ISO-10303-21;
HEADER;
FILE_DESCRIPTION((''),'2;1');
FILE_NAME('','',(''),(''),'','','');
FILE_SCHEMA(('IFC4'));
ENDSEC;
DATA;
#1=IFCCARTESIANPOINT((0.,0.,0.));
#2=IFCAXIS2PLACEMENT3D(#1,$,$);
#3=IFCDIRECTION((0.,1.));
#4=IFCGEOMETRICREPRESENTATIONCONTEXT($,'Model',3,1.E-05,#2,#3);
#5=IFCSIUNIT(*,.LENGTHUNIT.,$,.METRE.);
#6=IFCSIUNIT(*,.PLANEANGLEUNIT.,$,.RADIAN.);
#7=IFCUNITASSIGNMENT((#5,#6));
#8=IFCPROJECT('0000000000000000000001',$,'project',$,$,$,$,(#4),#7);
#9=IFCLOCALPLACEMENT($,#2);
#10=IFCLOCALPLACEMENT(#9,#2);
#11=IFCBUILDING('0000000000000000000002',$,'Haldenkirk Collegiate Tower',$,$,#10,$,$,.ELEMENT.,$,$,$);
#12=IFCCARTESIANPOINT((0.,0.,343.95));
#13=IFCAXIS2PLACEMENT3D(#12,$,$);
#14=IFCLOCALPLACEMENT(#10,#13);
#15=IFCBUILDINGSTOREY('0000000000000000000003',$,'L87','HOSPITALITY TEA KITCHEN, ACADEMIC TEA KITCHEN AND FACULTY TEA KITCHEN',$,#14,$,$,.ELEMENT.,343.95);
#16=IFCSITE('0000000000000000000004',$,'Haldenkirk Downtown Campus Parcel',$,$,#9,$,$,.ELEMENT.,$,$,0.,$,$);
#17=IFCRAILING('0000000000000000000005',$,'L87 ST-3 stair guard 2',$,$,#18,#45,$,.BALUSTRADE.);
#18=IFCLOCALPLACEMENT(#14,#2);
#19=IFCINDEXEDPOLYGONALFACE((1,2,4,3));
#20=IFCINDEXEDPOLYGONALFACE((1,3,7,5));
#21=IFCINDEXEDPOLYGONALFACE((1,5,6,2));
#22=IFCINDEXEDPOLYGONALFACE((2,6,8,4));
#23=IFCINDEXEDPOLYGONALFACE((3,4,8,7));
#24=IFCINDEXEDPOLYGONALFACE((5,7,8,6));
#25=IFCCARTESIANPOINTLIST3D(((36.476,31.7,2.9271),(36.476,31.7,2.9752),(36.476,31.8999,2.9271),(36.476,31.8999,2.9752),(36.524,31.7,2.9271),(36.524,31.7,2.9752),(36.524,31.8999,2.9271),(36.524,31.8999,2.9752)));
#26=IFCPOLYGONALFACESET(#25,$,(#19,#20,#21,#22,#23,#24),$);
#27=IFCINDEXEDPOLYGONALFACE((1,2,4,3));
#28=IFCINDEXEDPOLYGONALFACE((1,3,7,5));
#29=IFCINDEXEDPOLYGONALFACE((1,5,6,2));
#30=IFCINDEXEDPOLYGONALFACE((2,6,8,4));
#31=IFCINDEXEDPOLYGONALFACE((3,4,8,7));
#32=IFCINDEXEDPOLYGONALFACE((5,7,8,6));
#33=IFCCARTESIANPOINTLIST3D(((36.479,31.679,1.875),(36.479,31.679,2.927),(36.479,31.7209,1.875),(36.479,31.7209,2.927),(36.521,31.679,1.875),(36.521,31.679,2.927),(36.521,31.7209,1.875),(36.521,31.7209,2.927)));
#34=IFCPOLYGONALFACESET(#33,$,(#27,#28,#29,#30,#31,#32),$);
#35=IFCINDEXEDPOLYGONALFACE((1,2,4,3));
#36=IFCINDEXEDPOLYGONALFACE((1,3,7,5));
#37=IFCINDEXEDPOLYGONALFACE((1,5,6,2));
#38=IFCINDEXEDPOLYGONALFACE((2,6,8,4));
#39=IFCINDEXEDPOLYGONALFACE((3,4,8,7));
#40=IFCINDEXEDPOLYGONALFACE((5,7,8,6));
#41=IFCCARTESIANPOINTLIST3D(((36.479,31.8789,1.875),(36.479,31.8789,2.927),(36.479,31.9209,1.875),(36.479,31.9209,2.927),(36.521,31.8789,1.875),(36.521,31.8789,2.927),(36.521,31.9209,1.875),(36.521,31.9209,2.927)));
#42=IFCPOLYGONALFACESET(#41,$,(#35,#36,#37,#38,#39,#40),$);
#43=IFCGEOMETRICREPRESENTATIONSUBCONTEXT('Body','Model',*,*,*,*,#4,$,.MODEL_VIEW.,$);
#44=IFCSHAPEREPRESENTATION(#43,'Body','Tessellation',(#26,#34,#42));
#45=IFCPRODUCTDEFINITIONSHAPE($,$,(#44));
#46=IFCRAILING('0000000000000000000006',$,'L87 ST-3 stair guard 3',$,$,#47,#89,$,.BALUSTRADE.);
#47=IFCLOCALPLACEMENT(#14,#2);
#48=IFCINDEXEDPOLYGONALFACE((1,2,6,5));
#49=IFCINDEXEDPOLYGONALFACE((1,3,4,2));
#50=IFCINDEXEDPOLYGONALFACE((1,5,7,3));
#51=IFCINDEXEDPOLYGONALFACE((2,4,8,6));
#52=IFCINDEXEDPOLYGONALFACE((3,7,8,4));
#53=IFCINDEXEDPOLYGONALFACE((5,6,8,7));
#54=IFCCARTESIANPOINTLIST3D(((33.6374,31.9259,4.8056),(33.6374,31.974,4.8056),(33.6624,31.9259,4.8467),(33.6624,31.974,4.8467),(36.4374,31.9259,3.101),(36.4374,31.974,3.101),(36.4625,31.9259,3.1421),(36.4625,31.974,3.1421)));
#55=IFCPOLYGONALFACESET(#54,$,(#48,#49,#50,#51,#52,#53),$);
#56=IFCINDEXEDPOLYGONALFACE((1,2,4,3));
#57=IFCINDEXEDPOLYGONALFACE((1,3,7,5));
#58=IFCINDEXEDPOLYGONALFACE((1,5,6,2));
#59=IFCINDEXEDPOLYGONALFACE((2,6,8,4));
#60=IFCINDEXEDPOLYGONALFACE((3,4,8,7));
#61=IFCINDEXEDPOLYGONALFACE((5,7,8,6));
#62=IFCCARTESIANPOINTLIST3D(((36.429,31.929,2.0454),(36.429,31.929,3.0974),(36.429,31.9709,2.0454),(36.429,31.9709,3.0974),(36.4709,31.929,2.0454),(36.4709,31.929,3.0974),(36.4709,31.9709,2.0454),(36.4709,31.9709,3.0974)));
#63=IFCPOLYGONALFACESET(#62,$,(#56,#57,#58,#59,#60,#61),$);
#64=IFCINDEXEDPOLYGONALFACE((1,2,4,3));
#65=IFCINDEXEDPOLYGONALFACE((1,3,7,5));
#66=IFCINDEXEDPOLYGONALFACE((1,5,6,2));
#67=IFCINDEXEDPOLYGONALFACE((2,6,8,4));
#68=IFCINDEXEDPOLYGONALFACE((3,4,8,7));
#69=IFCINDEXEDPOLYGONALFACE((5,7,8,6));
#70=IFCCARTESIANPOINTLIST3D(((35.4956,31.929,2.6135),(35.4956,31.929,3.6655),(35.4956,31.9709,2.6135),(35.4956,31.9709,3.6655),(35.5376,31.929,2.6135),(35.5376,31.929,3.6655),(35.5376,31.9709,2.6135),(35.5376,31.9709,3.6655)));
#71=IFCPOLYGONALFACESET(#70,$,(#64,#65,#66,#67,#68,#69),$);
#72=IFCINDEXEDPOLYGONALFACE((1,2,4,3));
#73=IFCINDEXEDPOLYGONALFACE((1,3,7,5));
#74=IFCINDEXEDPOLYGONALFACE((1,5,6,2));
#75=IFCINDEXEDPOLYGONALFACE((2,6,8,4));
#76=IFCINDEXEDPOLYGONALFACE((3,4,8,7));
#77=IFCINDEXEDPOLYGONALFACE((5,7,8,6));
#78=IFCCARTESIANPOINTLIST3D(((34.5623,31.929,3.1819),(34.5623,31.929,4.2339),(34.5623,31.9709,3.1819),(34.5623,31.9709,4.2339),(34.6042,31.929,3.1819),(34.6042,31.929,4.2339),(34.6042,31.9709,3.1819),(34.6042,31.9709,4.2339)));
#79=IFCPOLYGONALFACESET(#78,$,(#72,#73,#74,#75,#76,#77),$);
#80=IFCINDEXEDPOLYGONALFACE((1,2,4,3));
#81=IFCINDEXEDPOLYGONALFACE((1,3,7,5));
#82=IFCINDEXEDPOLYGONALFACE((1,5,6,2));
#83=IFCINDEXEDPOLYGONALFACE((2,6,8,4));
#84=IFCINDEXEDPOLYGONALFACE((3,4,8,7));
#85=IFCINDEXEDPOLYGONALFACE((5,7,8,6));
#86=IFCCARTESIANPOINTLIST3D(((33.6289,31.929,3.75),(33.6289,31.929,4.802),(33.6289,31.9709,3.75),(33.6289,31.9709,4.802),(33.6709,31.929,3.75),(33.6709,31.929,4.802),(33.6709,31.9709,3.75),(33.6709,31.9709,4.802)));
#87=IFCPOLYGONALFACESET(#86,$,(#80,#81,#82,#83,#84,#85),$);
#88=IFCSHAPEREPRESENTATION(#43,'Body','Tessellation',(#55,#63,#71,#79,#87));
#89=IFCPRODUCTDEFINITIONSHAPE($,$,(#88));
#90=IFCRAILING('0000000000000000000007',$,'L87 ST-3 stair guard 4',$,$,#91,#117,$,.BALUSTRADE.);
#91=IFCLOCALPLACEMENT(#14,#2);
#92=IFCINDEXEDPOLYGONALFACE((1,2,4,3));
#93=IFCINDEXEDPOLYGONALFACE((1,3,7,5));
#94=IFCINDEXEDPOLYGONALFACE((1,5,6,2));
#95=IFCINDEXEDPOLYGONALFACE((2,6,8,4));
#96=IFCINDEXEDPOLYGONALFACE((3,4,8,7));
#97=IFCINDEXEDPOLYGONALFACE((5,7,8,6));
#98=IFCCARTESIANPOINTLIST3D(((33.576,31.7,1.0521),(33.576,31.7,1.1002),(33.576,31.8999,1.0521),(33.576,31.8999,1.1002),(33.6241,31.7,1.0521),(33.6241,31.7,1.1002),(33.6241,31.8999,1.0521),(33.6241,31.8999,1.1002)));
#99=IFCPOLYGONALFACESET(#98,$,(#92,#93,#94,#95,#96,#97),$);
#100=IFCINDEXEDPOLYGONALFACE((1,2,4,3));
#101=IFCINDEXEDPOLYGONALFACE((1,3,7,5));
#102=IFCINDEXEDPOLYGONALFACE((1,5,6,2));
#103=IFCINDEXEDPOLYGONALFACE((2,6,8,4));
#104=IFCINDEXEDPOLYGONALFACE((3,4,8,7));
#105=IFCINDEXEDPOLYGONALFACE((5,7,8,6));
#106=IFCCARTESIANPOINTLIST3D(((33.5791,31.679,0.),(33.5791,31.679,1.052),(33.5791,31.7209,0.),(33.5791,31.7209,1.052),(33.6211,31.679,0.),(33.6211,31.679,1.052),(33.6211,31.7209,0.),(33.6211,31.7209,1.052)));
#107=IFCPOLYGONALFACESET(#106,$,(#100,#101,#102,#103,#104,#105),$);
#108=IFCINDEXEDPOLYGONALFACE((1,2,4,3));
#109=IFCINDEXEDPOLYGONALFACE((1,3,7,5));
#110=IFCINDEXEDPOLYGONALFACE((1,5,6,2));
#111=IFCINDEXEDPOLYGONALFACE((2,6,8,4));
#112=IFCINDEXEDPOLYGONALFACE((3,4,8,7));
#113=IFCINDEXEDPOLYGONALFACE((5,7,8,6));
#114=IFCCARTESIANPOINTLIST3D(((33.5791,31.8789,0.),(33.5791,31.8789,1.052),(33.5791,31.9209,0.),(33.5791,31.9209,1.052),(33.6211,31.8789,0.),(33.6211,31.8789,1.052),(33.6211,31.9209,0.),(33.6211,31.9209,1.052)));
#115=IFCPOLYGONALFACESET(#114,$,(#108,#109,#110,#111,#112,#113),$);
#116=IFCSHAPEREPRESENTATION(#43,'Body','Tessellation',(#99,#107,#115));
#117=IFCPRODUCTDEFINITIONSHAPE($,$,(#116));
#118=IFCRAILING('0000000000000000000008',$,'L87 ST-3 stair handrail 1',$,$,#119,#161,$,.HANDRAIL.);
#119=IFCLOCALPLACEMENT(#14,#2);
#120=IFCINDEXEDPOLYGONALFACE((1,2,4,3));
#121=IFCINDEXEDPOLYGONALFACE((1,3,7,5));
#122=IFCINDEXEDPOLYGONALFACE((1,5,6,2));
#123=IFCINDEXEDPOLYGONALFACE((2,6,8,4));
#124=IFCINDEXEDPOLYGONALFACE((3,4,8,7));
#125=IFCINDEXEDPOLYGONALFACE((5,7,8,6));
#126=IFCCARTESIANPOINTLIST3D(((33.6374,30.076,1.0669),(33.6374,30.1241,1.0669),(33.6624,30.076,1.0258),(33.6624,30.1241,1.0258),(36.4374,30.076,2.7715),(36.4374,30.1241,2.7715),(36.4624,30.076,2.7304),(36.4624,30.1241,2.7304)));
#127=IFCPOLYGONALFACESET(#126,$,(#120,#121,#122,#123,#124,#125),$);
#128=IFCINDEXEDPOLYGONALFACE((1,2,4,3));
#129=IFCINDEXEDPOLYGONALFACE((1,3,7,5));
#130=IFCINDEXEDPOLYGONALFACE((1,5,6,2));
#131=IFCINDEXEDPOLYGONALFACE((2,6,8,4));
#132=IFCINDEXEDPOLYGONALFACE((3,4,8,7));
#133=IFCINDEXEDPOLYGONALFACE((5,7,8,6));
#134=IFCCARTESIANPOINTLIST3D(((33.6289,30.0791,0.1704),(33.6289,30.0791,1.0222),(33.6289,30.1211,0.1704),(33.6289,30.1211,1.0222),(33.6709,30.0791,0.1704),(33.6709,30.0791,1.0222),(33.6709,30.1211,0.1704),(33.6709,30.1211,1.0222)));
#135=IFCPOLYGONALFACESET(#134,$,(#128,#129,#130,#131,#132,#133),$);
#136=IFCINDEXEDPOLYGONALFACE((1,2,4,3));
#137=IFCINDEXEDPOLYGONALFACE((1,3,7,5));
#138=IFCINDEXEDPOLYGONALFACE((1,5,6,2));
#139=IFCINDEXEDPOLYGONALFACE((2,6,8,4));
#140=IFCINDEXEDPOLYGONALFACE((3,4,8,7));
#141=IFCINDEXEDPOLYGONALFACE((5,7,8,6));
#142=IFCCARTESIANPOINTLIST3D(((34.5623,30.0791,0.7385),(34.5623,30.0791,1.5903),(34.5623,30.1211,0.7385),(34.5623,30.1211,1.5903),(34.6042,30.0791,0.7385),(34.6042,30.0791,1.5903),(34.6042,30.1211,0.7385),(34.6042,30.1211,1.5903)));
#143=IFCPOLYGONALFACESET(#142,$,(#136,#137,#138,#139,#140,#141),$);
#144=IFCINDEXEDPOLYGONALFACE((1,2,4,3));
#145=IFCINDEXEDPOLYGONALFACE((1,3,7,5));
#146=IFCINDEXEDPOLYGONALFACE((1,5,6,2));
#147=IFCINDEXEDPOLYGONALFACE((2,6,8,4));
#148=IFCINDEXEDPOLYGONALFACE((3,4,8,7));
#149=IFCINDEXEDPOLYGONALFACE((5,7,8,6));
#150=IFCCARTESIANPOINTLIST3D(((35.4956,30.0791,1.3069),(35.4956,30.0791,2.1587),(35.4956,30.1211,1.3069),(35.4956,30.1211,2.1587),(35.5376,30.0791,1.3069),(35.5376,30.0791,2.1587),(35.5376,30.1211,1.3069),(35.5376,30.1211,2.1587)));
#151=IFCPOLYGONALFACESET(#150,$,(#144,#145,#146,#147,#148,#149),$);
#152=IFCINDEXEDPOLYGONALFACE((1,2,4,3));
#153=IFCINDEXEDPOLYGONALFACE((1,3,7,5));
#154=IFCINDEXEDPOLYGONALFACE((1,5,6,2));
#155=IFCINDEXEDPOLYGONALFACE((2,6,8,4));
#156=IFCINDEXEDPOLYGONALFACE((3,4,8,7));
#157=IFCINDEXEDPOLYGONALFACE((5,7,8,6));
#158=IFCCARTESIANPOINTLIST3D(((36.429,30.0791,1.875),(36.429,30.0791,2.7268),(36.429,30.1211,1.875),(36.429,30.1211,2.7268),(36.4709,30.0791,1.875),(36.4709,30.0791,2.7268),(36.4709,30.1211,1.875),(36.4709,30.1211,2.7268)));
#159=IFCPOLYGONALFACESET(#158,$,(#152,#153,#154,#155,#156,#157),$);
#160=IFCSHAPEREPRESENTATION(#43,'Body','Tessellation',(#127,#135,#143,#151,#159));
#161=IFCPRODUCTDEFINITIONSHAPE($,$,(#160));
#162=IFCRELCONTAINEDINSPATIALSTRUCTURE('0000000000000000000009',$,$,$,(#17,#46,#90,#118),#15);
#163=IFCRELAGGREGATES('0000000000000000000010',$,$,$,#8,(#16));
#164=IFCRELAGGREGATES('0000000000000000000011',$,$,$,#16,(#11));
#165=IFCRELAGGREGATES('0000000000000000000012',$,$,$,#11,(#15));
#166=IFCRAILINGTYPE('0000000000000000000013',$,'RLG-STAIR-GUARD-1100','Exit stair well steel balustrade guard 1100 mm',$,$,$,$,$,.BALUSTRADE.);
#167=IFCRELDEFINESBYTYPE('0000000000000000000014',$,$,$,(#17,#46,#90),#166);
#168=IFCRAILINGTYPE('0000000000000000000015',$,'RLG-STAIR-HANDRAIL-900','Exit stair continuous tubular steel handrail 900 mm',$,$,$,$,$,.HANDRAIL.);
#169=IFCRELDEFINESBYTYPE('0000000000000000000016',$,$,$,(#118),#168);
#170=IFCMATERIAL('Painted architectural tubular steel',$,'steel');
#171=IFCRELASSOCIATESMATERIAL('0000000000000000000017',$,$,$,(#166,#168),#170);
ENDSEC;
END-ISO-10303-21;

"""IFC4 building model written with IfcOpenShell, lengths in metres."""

from ifc_helpers import new_model, si_unit, direction, frame, origin, origin_2d, place, context, subcontext, project, spatial, rectangle, extrude, material, type_object, element, save


model = new_model("IFC4")

# Units and contexts
model_context = context("Model", 3, precision=1e-05, world=origin(), true_north=direction((0.0, 1.0)))
body_context = subcontext(model_context, "Body", "Model", "MODEL_VIEW")
ifc_project = project(units=[si_unit("LENGTHUNIT", "METRE"), si_unit("PLANEANGLEUNIT", "RADIAN")], contexts=[model_context])

# Site, building, storey
site_placement = place(None, origin())
site = spatial("IfcSite", under=ifc_project, at=site_placement, Name="Haldenkirk Downtown Campus Parcel", CompositionType="ELEMENT", RefElevation=0.0)
building_placement = place(site_placement, origin())
building = spatial("IfcBuilding", under=site, at=building_placement, Name="Haldenkirk Collegiate Tower", CompositionType="ELEMENT")
storey_placement = place(building_placement, frame((0.0, 0.0, 343.95)))
storey = spatial("IfcBuildingStorey", under=building, at=storey_placement, Name="L87", Description="HOSPITALITY TEA KITCHEN, ACADEMIC TEA KITCHEN AND FACULTY TEA KITCHEN", CompositionType="ELEMENT", Elevation=343.95)

# Railings
ifc_material_1 = material(Name="Painted architectural tubular steel", Category="steel")
railing_type_1 = type_object("IfcRailingType", Name="RLG-STAIR-GUARD-1100", Description="Exit stair well steel balustrade guard 1100 mm", PredefinedType="BALUSTRADE", material=ifc_material_1)
railing_1_placement = place(storey_placement, frame((36.5, 31.7, 1.875)))
element("IfcRailing", 1, at=railing_1_placement, inside=storey, type_object=railing_type_1, Name="L87 ST-3 stair guard 2", PredefinedType="BALUSTRADE", context=body_context, shape_type="SweptSolid", body=[
    extrude(rectangle(XDim=0.0481, YDim=0.0481, at=origin_2d()), frame((0.0, 0.0, 1.0762), z_axis=(0.0, 1.0, 0.0), x_axis=(-1.0, 0.0, 0.0)), (0.0, 0.0, 1.0), 0.2),
    extrude(rectangle(XDim=0.042, YDim=0.042, at=origin_2d()), origin(), (0.0, 0.0, 1.0), 1.052),
    extrude(rectangle(XDim=0.042, YDim=0.042, at=origin_2d()), frame((0.0, 0.2, 0.0)), (0.0, 0.0, 1.0), 1.052),
])
railing_2_placement = place(storey_placement, frame((36.45, 31.95, 2.0454)))
element("IfcRailing", 2, at=railing_2_placement, inside=storey, type_object=railing_type_1, Name="L87 ST-3 stair guard 3", PredefinedType="BALUSTRADE", context=body_context, shape_type="SweptSolid", body=[
    extrude(rectangle(XDim=0.0481, YDim=0.0481, at=origin_2d()), frame((0.0, 0.0, 1.0762), z_axis=(-0.85417, 0.0, 0.519994), x_axis=(0.0, -1.0, 0.0)), (0.0, 0.0, 1.0), 3.2781),
    extrude(rectangle(XDim=0.042, YDim=0.042, at=origin_2d()), origin(), (0.0, 0.0, 1.0), 1.052),
    extrude(rectangle(XDim=0.042, YDim=0.042, at=origin_2d()), frame((-0.9333, 0.0, 0.5681)), (0.0, 0.0, 1.0), 1.052),
    extrude(rectangle(XDim=0.042, YDim=0.042, at=origin_2d()), frame((-1.8667, 0.0, 1.1365)), (0.0, 0.0, 1.0), 1.052),
    extrude(rectangle(XDim=0.042, YDim=0.042, at=origin_2d()), frame((-2.8, 0.0, 1.7046)), (0.0, 0.0, 1.0), 1.052),
])
railing_3_placement = place(storey_placement, frame((33.6001, 31.7, 0.0)))
element("IfcRailing", 3, at=railing_3_placement, inside=storey, type_object=railing_type_1, Name="L87 ST-3 stair guard 4", PredefinedType="BALUSTRADE", context=body_context, shape_type="SweptSolid", body=[
    extrude(rectangle(XDim=0.0481, YDim=0.0481, at=origin_2d()), frame((0.0, 0.0, 1.0762), z_axis=(0.0, 1.0, 0.0), x_axis=(-1.0, 0.0, 0.0)), (0.0, 0.0, 1.0), 0.2),
    extrude(rectangle(XDim=0.042, YDim=0.042, at=origin_2d()), origin(), (0.0, 0.0, 1.0), 1.052),
    extrude(rectangle(XDim=0.042, YDim=0.042, at=origin_2d()), frame((0.0, 0.2, 0.0)), (0.0, 0.0, 1.0), 1.052),
])
railing_type_2 = type_object("IfcRailingType", Name="RLG-STAIR-HANDRAIL-900", Description="Exit stair continuous tubular steel handrail 900 mm", PredefinedType="HANDRAIL", material=ifc_material_1)
railing_4_placement = place(storey_placement, frame((33.6499, 30.1001, 0.1704)))
element("IfcRailing", 4, at=railing_4_placement, inside=storey, type_object=railing_type_2, Name="L87 ST-3 stair handrail 1", PredefinedType="HANDRAIL", context=body_context, shape_type="SweptSolid", body=[
    extrude(rectangle(XDim=0.0481, YDim=0.0481, at=origin_2d()), frame((0.0, 0.0, 0.876), z_axis=(0.85417, 0.0, 0.519994), x_axis=(0.0, 1.0, 0.0)), (0.0, 0.0, 1.0), 3.2781),
    extrude(rectangle(XDim=0.042, YDim=0.042, at=origin_2d()), origin(), (0.0, 0.0, 1.0), 0.8518),
    extrude(rectangle(XDim=0.042, YDim=0.042, at=origin_2d()), frame((0.9333, 0.0, 0.5681)), (0.0, 0.0, 1.0), 0.8518),
    extrude(rectangle(XDim=0.042, YDim=0.042, at=origin_2d()), frame((1.8667, 0.0, 1.1365)), (0.0, 0.0, 1.0), 0.8518),
    extrude(rectangle(XDim=0.042, YDim=0.042, at=origin_2d()), frame((2.8, 0.0, 1.7046)), (0.0, 0.0, 1.0), 0.8518),
])

save(model, "model.ifc")
